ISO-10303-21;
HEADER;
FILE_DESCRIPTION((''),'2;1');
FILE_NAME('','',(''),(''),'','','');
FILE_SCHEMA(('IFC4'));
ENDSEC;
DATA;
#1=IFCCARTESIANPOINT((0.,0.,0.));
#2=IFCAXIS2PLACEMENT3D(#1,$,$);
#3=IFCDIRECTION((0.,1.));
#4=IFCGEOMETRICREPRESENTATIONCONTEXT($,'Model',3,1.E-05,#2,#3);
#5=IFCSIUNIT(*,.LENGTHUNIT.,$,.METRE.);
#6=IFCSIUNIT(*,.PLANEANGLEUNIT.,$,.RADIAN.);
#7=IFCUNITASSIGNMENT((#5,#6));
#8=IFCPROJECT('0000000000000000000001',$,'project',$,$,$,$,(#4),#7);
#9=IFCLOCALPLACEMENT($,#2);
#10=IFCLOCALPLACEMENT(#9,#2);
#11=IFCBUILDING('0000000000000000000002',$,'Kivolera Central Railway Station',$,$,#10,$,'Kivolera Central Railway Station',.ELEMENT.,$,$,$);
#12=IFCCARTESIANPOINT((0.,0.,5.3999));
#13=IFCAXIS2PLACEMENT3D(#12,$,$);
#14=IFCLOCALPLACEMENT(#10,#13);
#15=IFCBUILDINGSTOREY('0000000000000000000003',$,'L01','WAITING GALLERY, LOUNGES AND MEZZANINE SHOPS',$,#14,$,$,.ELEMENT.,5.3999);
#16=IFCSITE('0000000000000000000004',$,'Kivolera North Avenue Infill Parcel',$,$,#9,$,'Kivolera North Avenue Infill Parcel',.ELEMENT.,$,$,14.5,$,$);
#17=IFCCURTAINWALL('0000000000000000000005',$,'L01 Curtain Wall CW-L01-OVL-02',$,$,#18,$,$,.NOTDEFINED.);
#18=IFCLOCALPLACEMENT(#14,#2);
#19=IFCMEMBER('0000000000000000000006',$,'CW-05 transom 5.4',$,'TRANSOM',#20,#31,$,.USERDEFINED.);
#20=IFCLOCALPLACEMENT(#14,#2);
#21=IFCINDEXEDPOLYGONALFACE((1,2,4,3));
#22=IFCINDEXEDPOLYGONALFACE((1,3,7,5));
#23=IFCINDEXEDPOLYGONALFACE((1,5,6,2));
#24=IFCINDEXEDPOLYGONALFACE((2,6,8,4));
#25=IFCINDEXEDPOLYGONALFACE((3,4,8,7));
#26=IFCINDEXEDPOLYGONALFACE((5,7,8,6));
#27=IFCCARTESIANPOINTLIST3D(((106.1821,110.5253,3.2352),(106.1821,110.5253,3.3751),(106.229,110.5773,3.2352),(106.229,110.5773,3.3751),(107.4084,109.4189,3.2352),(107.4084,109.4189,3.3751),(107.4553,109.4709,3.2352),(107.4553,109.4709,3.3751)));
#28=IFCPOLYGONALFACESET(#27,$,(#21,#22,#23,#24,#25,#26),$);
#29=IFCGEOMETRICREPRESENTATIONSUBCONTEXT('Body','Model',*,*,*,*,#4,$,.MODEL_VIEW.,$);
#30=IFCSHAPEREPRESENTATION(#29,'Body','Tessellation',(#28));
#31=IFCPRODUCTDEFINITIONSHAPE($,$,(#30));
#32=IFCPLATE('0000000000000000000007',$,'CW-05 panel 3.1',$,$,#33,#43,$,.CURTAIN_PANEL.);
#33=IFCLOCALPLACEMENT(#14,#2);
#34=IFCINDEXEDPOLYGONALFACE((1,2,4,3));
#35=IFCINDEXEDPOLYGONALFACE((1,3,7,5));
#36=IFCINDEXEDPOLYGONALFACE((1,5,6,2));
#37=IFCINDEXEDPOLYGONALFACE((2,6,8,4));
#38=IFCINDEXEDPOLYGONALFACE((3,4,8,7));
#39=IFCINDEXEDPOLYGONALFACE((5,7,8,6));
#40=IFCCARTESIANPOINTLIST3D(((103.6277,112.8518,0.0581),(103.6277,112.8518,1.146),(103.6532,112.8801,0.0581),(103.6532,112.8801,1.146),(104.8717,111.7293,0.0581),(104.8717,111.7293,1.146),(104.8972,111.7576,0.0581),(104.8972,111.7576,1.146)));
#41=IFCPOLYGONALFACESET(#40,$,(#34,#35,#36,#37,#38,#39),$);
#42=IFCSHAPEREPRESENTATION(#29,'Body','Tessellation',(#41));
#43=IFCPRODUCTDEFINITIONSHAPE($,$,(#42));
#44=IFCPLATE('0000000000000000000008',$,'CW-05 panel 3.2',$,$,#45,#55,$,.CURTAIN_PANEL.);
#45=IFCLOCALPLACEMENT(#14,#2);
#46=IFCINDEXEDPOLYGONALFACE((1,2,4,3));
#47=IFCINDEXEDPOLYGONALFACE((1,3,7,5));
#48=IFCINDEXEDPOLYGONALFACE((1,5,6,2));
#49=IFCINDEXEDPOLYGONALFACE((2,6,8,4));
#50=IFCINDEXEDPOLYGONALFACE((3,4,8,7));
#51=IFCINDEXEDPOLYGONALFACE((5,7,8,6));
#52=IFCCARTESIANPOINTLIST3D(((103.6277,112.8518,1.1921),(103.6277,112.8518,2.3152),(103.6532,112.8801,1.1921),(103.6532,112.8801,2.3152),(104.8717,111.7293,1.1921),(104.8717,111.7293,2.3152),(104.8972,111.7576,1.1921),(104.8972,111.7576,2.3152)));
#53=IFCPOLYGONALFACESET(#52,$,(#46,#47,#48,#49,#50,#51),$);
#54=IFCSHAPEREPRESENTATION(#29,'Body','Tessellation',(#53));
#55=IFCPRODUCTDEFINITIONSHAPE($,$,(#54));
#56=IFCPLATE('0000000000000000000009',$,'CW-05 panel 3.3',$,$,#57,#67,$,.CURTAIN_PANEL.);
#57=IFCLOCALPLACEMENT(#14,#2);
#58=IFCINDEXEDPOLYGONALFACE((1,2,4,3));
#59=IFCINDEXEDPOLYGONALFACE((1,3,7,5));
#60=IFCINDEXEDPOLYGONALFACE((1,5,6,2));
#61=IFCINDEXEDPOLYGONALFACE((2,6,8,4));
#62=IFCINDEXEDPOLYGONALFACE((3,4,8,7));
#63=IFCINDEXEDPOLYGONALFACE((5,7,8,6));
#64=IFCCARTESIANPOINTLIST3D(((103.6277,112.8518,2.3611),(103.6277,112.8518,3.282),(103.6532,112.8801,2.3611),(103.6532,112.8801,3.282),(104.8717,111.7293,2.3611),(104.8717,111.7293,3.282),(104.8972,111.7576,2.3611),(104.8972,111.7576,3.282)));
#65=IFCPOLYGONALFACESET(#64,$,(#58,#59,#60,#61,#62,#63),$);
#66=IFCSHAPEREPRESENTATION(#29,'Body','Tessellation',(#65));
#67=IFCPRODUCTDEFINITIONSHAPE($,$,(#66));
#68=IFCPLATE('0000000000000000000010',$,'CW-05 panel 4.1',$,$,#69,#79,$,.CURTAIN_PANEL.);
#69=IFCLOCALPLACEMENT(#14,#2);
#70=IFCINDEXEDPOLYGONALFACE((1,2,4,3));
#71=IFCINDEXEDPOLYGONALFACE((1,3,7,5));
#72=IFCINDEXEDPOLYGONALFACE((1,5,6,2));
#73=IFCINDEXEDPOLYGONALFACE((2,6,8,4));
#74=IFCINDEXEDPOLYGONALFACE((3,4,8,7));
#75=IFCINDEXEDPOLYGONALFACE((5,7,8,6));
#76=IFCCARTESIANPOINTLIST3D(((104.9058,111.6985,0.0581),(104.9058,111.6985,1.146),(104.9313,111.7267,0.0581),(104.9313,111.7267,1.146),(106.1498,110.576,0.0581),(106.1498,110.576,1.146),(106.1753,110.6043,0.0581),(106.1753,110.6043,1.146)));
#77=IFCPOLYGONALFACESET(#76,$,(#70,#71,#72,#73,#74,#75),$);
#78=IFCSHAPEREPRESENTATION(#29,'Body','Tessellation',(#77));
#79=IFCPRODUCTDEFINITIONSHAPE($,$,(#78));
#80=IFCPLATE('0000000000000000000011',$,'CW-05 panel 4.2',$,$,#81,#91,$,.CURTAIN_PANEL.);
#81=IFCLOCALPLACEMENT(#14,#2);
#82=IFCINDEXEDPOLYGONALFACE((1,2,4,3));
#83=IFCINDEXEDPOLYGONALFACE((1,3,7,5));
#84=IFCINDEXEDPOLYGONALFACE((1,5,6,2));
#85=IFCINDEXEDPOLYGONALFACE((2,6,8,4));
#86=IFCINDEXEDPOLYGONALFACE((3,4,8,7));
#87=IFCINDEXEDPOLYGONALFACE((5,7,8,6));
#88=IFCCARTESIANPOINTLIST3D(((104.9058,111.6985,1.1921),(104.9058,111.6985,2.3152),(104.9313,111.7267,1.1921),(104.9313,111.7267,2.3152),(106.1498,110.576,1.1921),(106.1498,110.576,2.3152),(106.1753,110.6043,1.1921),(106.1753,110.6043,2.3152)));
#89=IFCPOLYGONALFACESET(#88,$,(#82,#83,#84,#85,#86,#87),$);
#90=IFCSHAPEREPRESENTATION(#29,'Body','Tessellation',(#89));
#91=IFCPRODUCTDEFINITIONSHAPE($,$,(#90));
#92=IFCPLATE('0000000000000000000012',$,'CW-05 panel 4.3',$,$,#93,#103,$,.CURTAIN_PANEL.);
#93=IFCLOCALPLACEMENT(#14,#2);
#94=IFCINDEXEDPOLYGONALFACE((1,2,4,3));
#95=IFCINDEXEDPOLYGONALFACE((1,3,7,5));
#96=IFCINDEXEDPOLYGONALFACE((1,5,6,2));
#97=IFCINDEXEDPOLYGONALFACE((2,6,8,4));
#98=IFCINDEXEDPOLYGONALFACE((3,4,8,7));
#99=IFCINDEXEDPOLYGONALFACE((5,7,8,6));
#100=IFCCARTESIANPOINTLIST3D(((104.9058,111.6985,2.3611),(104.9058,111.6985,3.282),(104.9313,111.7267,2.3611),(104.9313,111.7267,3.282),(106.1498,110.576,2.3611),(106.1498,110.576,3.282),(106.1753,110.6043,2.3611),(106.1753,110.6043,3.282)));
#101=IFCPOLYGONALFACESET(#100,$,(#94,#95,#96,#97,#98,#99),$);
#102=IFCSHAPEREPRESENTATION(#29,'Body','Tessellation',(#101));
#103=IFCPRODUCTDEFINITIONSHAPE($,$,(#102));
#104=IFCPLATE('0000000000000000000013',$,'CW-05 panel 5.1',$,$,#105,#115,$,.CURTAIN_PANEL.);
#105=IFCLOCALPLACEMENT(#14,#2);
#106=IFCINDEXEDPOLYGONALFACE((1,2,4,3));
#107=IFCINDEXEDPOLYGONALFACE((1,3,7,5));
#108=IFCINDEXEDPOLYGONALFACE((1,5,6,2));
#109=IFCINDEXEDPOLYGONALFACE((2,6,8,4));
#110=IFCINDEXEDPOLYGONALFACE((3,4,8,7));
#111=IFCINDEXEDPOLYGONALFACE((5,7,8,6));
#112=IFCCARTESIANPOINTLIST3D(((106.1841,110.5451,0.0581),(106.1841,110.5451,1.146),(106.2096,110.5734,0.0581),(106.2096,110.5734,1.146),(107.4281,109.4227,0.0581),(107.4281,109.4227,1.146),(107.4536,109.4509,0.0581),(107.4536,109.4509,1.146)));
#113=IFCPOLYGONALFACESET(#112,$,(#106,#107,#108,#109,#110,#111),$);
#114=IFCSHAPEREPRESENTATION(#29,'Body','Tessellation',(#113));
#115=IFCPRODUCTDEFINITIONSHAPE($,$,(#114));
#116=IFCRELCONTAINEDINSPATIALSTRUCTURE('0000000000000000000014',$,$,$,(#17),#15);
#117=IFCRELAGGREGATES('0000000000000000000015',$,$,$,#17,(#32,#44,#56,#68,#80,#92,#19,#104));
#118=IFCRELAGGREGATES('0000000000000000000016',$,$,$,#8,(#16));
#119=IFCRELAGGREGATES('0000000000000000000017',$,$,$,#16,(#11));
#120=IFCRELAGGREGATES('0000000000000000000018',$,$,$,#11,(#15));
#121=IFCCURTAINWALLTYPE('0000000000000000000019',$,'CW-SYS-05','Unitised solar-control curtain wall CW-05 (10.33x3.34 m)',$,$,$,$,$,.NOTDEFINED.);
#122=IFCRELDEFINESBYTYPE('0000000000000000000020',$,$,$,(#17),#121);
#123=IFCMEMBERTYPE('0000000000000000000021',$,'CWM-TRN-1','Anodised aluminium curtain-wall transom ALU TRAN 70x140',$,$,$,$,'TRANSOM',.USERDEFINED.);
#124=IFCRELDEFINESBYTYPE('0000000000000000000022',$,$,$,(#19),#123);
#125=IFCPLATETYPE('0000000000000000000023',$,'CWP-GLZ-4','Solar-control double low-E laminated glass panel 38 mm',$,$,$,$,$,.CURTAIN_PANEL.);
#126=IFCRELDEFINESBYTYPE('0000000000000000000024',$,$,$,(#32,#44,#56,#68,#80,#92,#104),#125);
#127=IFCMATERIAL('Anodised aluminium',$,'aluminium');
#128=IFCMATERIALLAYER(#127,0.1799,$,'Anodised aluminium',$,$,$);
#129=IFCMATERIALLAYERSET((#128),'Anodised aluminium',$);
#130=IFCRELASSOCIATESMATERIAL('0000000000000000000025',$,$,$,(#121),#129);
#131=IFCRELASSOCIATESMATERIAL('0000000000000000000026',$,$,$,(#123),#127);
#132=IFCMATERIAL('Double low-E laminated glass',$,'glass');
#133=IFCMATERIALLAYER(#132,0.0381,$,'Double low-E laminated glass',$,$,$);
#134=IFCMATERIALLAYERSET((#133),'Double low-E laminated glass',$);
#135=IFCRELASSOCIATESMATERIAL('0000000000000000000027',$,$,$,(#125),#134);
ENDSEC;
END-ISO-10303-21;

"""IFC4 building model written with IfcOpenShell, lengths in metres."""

from ifc_helpers import new_model, si_unit, direction, frame, origin, origin_2d, place, context, subcontext, project, spatial, rectangle, extrude, material, layer, layer_set, material_profile, profile_set, type_object, element, aggregate, save


model = new_model("IFC4")

# Units and contexts
model_context = context("Model", 3, precision=1e-05, world=origin(), true_north=direction((0.0, 1.0)))
body_context = subcontext(model_context, "Body", "Model", "MODEL_VIEW")
ifc_project = project(units=[si_unit("LENGTHUNIT", "METRE"), si_unit("PLANEANGLEUNIT", "RADIAN")], contexts=[model_context])

# Site, building, storey
site_placement = place(None, origin())
site = spatial("IfcSite", under=ifc_project, at=site_placement, Name="Kivolera North Avenue Infill Parcel", LongName="Kivolera North Avenue Infill Parcel", CompositionType="ELEMENT", RefElevation=14.5)
building_placement = place(site_placement, origin())
building = spatial("IfcBuilding", under=site, at=building_placement, Name="Kivolera Central Railway Station", LongName="Kivolera Central Railway Station", CompositionType="ELEMENT")
storey_placement = place(building_placement, frame((0.0, 0.0, 5.3999)))
storey = spatial("IfcBuildingStorey", under=building, at=storey_placement, Name="L01", Description="WAITING GALLERY, LOUNGES AND MEZZANINE SHOPS", CompositionType="ELEMENT", Elevation=5.3999)

# Curtain wall, member, plates
ifc_material_1 = material(Name="Anodised aluminium", Category="aluminium")
ifc_layer_1 = layer(ifc_material_1, 0.1799, Name="Anodised aluminium")
ifc_layer_set_1 = layer_set([ifc_layer_1], Name="Anodised aluminium")
curtain_wall_type = type_object("IfcCurtainWallType", Name="CW-SYS-05", Description="Unitised solar-control curtain wall CW-05 (10.33x3.34 m)", PredefinedType="NOTDEFINED", material=ifc_layer_set_1)
curtain_wall_placement = place(storey_placement, origin())
curtain_wall = element("IfcCurtainWall", 1, at=curtain_wall_placement, inside=storey, type_object=curtain_wall_type, Name="L01 Curtain Wall CW-L01-OVL-02", PredefinedType="NOTDEFINED")
ifc_material_profile_1 = material_profile(ifc_material_1, rectangle(XDim=0.0701, YDim=0.1399, at=origin_2d()), Name="ALU TRAN 70x140")
ifc_profile_set_1 = profile_set([ifc_material_profile_1], Name="Anodised aluminium")
member_type_1 = type_object("IfcMemberType", Name="CWM-TRN-1", Description="Anodised aluminium curtain-wall transom ALU TRAN 70x140", ElementType="TRANSOM", PredefinedType="USERDEFINED", material=ifc_profile_set_1)
member_1_placement = place(storey_placement, frame((106.2056, 110.5513, 3.3052), z_axis=(0.742463, -0.669887, 0.0), x_axis=(0.669887, 0.742463, 0.0)))
member_1 = element("IfcMember", 2, at=member_1_placement, type_object=member_type_1, Name="CW-05 transom 5.4", ObjectType="TRANSOM", PredefinedType="USERDEFINED", context=body_context, shape_type="SweptSolid", body=[
    extrude(rectangle(XDim=0.0701, YDim=0.1399, at=origin_2d()), origin(), (0.0, 0.0, 1.0), 1.6516),
])
ifc_material_2 = material(Name="Double low-E laminated glass", Category="glass")
ifc_layer_2 = layer(ifc_material_2, 0.0381, Name="Double low-E laminated glass")
ifc_layer_set_2 = layer_set([ifc_layer_2], Name="Double low-E laminated glass")
plate_type = type_object("IfcPlateType", Name="CWP-GLZ-4", Description="Solar-control double low-E laminated glass panel 38 mm", PredefinedType="CURTAIN_PANEL", material=ifc_layer_set_2)
plate_1_placement = place(storey_placement, frame((104.2625, 112.3047, 0.0581), z_axis=(0.0, 0.0, 1.0), x_axis=(0.742432, -0.669922, 0.0)))
plate_1 = element("IfcPlate", 3, at=plate_1_placement, type_object=plate_type, Name="CW-05 panel 3.1", PredefinedType="CURTAIN_PANEL", context=body_context, shape_type="SweptSolid", body=[
    extrude(rectangle(XDim=1.6755, YDim=0.0381, at=origin_2d()), origin(), (0.0, 0.0, 1.0), 1.0879),
])
plate_2_placement = place(storey_placement, frame((104.2625, 112.3047, 1.1921), z_axis=(0.0, 0.0, 1.0), x_axis=(0.742432, -0.669922, 0.0)))
plate_2 = element("IfcPlate", 4, at=plate_2_placement, type_object=plate_type, Name="CW-05 panel 3.2", PredefinedType="CURTAIN_PANEL", context=body_context, shape_type="SweptSolid", body=[
    extrude(rectangle(XDim=1.6755, YDim=0.0381, at=origin_2d()), origin(), (0.0, 0.0, 1.0), 1.123),
])
plate_3_placement = place(storey_placement, frame((104.2625, 112.3047, 2.3611), z_axis=(0.0, 0.0, 1.0), x_axis=(0.742432, -0.669922, 0.0)))
plate_3 = element("IfcPlate", 5, at=plate_3_placement, type_object=plate_type, Name="CW-05 panel 3.3", PredefinedType="CURTAIN_PANEL", context=body_context, shape_type="SweptSolid", body=[
    extrude(rectangle(XDim=1.6755, YDim=0.0381, at=origin_2d()), origin(), (0.0, 0.0, 1.0), 0.9209),
])
plate_4_placement = place(storey_placement, frame((105.5405, 111.1514, 0.0581), z_axis=(0.0, 0.0, 1.0), x_axis=(0.742432, -0.669922, 0.0)))
plate_4 = element("IfcPlate", 6, at=plate_4_placement, type_object=plate_type, Name="CW-05 panel 4.1", PredefinedType="CURTAIN_PANEL", context=body_context, shape_type="SweptSolid", body=[
    extrude(rectangle(XDim=1.6755, YDim=0.0381, at=origin_2d()), origin(), (0.0, 0.0, 1.0), 1.0879),
])
plate_5_placement = place(storey_placement, frame((105.5405, 111.1514, 1.1921), z_axis=(0.0, 0.0, 1.0), x_axis=(0.742432, -0.669922, 0.0)))
plate_5 = element("IfcPlate", 7, at=plate_5_placement, type_object=plate_type, Name="CW-05 panel 4.2", PredefinedType="CURTAIN_PANEL", context=body_context, shape_type="SweptSolid", body=[
    extrude(rectangle(XDim=1.6755, YDim=0.0381, at=origin_2d()), origin(), (0.0, 0.0, 1.0), 1.123),
])
plate_6_placement = place(storey_placement, frame((105.5405, 111.1514, 2.3611), z_axis=(0.0, 0.0, 1.0), x_axis=(0.742432, -0.669922, 0.0)))
plate_6 = element("IfcPlate", 8, at=plate_6_placement, type_object=plate_type, Name="CW-05 panel 4.3", PredefinedType="CURTAIN_PANEL", context=body_context, shape_type="SweptSolid", body=[
    extrude(rectangle(XDim=1.6755, YDim=0.0381, at=origin_2d()), origin(), (0.0, 0.0, 1.0), 0.9209),
])
plate_7_placement = place(storey_placement, frame((106.8188, 109.998, 0.0581), z_axis=(0.0, 0.0, 1.0), x_axis=(0.742432, -0.669922, 0.0)))
plate_7 = element("IfcPlate", 9, at=plate_7_placement, type_object=plate_type, Name="CW-05 panel 5.1", PredefinedType="CURTAIN_PANEL", context=body_context, shape_type="SweptSolid", body=[
    extrude(rectangle(XDim=1.6755, YDim=0.0381, at=origin_2d()), origin(), (0.0, 0.0, 1.0), 1.0879),
])
aggregate(curtain_wall, [plate_1, plate_2, plate_3, plate_4, plate_5, plate_6, member_1, plate_7])

save(model, "model.ifc")
